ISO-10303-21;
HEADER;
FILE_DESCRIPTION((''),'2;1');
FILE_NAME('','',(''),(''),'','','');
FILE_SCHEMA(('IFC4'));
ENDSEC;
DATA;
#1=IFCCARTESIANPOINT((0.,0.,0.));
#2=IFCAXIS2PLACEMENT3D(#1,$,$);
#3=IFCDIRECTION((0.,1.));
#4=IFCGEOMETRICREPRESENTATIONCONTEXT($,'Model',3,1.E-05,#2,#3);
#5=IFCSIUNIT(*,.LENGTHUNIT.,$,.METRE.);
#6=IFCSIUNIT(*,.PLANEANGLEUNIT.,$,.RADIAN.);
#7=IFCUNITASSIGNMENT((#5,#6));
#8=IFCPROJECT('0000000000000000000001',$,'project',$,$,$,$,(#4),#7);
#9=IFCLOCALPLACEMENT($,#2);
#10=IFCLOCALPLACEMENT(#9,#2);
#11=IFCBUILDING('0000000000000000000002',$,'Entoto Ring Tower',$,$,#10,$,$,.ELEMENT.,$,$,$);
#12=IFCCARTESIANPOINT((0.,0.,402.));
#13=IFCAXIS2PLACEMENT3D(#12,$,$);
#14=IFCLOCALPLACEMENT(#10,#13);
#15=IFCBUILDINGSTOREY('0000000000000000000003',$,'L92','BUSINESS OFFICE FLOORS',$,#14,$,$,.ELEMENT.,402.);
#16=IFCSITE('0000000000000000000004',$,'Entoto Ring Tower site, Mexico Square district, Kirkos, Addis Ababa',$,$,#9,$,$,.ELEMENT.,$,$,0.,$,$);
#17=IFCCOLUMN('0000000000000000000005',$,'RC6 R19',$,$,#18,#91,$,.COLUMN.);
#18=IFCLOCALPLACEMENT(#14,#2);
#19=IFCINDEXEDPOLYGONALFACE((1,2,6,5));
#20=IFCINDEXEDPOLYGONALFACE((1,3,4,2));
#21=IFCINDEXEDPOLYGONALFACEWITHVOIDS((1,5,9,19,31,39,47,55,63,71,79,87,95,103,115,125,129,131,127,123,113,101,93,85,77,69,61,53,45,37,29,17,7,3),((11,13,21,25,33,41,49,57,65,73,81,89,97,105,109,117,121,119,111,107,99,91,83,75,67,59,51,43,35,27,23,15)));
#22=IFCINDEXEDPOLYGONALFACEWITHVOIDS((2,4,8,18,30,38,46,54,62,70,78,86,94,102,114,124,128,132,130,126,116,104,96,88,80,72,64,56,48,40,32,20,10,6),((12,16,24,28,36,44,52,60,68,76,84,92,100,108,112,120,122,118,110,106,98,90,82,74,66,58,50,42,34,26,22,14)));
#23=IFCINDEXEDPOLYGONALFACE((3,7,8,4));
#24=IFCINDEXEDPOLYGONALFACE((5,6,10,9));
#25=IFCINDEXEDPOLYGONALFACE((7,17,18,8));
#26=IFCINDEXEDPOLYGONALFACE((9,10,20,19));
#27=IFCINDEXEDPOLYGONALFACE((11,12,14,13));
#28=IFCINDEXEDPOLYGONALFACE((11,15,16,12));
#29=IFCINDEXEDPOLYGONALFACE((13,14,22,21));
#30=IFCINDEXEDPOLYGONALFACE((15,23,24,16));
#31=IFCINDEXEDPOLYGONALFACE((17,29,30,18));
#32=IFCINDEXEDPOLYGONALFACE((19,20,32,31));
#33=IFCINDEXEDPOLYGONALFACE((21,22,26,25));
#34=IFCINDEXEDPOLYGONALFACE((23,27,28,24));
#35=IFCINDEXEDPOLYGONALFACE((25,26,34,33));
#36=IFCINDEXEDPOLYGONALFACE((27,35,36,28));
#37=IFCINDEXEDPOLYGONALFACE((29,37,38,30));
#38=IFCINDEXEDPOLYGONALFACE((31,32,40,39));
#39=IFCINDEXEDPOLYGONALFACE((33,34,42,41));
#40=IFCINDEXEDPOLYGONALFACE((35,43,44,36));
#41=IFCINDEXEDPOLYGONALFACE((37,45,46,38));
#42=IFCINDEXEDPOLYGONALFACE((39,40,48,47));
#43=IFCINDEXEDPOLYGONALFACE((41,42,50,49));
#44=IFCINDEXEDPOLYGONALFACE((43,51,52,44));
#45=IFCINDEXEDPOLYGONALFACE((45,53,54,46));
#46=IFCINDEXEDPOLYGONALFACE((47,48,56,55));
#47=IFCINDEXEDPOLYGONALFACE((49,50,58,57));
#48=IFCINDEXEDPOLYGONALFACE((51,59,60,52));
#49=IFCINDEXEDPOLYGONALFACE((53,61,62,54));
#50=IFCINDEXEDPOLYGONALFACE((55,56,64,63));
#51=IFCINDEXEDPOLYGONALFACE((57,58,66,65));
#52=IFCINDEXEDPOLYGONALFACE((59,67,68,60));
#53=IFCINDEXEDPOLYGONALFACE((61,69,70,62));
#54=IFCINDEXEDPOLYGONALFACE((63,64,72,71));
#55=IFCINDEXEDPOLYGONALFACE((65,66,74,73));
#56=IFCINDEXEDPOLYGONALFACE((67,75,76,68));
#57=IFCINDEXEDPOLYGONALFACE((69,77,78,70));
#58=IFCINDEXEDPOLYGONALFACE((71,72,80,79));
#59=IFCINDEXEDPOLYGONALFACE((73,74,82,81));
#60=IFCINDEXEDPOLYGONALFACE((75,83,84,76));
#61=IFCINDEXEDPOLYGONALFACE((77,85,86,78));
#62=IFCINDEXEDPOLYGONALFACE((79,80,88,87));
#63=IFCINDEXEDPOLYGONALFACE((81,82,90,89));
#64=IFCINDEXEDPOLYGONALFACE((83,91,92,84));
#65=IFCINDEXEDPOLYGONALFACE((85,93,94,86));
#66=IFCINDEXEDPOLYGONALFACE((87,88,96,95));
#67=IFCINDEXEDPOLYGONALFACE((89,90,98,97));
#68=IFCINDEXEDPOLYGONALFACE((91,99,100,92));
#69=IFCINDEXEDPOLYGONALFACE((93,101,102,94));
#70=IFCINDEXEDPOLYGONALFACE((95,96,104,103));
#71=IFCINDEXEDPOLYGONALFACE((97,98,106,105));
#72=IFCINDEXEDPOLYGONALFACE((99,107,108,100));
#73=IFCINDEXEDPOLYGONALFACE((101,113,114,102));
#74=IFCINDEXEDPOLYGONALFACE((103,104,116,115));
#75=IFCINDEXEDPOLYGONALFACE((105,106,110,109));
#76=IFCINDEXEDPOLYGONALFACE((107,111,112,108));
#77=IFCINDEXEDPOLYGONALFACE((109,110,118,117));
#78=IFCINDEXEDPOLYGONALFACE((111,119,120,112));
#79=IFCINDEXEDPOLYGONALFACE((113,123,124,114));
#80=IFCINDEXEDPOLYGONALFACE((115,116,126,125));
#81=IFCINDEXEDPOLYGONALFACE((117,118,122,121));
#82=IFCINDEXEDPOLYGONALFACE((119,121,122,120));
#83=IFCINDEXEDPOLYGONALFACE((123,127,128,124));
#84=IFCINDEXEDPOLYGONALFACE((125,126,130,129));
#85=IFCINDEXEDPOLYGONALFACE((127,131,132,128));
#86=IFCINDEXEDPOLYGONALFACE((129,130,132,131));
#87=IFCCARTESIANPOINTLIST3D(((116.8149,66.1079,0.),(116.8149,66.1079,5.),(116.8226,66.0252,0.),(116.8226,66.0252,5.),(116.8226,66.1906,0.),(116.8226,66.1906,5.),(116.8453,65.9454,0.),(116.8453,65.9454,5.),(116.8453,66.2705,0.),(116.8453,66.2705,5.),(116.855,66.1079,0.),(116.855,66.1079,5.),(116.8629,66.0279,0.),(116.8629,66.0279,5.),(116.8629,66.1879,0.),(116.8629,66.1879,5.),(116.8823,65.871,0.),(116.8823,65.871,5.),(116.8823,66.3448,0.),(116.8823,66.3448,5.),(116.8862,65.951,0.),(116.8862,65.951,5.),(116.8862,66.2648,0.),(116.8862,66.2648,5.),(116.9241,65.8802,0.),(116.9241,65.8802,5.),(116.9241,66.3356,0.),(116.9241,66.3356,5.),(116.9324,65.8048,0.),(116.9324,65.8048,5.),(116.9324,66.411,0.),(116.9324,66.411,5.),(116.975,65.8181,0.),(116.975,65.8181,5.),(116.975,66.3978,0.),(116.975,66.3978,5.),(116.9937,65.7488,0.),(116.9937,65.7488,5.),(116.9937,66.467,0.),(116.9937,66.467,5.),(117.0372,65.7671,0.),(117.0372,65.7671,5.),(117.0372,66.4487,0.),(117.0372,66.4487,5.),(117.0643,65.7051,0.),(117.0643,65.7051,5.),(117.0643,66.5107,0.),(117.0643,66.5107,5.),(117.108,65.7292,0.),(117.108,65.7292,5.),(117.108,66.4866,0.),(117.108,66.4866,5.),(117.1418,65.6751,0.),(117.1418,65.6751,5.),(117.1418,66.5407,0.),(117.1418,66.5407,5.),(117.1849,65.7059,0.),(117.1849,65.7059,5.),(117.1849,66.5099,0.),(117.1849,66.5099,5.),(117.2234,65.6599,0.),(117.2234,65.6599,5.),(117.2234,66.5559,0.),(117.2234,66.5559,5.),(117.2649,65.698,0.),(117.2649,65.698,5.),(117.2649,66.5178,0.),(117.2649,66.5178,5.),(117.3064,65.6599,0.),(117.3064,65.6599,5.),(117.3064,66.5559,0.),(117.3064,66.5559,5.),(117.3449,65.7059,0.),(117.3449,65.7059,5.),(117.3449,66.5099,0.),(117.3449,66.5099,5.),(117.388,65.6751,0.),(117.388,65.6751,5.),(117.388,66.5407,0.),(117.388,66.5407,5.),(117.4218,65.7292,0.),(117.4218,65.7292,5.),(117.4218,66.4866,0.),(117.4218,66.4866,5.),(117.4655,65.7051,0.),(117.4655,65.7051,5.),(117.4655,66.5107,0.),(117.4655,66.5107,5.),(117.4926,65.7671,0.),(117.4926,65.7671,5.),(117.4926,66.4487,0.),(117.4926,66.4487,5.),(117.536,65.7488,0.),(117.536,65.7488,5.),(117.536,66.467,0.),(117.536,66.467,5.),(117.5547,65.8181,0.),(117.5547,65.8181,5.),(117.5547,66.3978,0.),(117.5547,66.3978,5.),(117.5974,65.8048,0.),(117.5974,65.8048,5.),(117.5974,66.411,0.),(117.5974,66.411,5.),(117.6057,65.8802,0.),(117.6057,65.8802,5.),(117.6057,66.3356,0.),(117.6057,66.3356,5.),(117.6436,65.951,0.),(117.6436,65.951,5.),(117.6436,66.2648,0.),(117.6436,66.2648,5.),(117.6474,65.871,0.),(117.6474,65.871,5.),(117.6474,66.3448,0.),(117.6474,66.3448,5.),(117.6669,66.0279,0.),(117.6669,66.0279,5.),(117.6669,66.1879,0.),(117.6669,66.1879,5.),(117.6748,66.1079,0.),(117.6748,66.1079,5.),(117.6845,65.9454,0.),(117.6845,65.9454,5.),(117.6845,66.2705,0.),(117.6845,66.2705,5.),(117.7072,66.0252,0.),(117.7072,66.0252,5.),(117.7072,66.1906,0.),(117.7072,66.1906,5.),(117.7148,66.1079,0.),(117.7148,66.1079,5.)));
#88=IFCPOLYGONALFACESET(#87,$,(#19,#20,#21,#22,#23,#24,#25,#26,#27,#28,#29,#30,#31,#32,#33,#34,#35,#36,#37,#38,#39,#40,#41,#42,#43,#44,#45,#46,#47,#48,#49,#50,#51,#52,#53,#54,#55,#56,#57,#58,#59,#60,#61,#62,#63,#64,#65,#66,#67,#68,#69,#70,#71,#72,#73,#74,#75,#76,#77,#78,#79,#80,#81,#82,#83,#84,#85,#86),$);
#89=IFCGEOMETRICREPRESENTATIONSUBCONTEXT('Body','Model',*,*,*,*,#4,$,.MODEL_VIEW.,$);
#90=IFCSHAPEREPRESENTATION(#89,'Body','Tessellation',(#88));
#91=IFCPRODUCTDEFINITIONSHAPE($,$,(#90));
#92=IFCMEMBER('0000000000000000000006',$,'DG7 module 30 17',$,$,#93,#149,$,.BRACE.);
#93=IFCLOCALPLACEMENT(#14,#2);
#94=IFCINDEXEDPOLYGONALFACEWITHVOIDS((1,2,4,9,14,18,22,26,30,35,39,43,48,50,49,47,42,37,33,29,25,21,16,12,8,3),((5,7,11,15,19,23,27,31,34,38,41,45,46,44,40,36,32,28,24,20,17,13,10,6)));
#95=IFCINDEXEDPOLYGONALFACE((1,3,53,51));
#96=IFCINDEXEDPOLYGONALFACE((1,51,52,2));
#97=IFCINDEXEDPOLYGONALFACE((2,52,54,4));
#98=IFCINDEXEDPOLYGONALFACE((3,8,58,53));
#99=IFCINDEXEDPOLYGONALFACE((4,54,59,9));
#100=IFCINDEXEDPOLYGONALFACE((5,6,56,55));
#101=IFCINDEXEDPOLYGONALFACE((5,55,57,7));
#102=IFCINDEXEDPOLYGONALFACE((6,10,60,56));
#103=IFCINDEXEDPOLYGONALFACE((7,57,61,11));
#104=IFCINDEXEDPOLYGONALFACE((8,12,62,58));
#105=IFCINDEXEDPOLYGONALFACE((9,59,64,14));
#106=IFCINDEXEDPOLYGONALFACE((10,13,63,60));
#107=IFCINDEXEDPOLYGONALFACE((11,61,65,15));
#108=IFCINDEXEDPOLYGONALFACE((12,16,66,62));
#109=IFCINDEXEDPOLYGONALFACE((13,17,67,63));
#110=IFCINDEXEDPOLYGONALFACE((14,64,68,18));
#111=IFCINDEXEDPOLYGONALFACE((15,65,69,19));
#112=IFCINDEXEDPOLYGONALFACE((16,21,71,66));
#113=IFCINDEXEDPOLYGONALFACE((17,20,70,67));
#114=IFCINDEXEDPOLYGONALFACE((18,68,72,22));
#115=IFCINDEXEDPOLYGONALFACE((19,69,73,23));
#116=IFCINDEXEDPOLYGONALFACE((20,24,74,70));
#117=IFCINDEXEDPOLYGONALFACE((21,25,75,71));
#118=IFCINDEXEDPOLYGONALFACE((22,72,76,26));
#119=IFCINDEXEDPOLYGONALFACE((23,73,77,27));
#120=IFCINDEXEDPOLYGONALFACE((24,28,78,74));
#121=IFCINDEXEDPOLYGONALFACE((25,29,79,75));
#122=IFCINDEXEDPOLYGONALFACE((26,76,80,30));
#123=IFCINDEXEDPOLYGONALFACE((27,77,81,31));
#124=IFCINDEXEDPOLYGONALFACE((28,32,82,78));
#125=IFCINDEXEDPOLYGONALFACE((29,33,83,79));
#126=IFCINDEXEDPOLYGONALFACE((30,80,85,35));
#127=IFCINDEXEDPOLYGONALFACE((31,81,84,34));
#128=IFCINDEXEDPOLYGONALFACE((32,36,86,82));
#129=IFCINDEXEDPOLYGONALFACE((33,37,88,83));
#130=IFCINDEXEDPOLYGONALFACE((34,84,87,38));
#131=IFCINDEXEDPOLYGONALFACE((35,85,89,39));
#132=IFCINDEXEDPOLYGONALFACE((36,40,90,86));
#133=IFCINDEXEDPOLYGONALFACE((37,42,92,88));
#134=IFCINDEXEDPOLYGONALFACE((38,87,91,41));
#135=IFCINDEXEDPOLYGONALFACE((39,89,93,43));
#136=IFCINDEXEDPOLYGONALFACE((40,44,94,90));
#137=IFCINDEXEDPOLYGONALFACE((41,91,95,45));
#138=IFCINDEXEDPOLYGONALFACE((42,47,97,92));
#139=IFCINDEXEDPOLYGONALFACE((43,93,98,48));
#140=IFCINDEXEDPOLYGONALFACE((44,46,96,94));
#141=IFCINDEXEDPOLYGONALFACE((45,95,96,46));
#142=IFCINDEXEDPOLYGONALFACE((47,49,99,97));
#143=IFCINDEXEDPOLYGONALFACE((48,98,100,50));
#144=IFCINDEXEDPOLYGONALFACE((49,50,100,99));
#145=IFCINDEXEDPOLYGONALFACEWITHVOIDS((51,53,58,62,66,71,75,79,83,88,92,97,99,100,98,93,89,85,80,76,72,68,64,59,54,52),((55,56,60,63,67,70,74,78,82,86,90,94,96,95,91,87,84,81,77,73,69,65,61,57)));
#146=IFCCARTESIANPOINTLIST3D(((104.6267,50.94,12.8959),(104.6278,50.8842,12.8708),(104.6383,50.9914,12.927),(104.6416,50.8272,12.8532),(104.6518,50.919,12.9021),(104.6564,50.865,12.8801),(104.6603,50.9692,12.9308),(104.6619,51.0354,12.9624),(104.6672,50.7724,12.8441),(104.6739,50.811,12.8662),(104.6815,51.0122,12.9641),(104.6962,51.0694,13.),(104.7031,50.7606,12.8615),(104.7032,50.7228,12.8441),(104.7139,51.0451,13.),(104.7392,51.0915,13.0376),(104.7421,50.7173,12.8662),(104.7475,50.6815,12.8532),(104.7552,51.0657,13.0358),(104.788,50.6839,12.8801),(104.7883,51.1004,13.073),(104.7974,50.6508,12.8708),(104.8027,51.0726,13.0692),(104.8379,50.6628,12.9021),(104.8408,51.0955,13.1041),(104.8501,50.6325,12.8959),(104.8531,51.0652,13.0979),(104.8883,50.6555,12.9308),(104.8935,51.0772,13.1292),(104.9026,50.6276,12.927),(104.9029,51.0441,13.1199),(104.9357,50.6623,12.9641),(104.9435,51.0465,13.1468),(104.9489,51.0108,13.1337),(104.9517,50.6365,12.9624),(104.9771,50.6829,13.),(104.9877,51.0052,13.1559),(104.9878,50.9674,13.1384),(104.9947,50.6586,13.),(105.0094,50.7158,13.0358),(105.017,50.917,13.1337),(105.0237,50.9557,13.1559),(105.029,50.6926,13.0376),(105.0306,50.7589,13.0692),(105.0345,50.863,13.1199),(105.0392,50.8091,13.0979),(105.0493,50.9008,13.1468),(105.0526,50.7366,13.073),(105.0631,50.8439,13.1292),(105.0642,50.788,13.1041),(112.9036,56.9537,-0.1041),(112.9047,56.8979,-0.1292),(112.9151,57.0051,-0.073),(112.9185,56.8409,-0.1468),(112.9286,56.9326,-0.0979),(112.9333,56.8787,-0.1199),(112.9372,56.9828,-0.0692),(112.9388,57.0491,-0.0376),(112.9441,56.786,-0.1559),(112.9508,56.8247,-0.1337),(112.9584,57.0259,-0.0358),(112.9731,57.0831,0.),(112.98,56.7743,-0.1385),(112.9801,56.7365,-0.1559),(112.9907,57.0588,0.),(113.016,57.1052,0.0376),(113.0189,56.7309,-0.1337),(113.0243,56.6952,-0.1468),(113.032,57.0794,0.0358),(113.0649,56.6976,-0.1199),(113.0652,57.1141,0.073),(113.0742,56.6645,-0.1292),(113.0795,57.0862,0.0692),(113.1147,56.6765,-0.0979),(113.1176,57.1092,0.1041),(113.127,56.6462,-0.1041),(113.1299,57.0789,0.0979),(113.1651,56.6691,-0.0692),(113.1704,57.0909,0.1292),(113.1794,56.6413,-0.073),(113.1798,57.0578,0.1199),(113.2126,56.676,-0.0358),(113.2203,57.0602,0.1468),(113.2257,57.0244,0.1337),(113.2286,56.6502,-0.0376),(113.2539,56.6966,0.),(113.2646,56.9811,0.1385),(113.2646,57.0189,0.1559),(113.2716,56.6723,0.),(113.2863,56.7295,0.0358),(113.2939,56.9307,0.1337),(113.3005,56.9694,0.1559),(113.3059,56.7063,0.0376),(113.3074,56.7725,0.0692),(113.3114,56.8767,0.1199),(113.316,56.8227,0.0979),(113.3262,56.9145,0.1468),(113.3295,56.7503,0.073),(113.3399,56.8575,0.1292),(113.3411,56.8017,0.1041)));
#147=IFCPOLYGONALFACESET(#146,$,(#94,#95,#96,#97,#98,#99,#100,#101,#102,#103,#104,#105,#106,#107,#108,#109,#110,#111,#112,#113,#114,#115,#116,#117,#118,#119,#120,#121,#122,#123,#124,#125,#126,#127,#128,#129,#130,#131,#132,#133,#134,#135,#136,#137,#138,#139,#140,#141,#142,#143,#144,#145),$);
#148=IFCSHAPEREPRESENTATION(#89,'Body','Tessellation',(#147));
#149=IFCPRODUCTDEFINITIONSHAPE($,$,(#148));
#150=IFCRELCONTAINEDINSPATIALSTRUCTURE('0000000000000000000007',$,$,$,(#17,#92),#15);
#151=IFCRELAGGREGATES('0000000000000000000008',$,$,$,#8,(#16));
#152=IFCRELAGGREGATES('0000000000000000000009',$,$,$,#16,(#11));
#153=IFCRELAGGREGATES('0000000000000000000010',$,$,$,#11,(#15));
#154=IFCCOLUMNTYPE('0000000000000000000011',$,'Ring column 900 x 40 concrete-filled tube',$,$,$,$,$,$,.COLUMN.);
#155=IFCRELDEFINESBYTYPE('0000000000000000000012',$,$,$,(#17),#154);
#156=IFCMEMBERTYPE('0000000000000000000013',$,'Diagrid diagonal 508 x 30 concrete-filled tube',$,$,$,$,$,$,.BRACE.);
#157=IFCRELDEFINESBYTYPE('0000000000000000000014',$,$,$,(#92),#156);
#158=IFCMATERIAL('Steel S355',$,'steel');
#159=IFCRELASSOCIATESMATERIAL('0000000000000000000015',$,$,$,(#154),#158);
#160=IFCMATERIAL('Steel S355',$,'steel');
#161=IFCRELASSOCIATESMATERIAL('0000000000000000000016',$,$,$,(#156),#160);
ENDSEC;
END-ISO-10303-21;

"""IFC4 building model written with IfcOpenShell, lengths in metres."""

from ifc_helpers import new_model, si_unit, direction, frame, origin, origin_2d, place, context, subcontext, project, spatial, circle, hollow_circle, extrude, material, material_profile, profile_set, type_object, element, save


model = new_model("IFC4")

# Units and contexts
model_context = context("Model", 3, precision=1e-05, world=origin(), true_north=direction((0.0, 1.0)))
body_context = subcontext(model_context, "Body", "Model", "MODEL_VIEW")
ifc_project = project(units=[si_unit("LENGTHUNIT", "METRE"), si_unit("PLANEANGLEUNIT", "RADIAN")], contexts=[model_context])

# Site, building, storey
site_placement = place(None, origin())
site = spatial("IfcSite", under=ifc_project, at=site_placement, Name="Entoto Ring Tower site, Mexico Square district, Kirkos, Addis Ababa", CompositionType="ELEMENT", RefElevation=0.0)
building_placement = place(site_placement, origin())
building = spatial("IfcBuilding", under=site, at=building_placement, Name="Entoto Ring Tower", CompositionType="ELEMENT")
storey_placement = place(building_placement, frame((0.0, 0.0, 402.0)))
storey = spatial("IfcBuildingStorey", under=building, at=storey_placement, Name="L92", Description="BUSINESS OFFICE FLOORS", CompositionType="ELEMENT", Elevation=402.0)

# Column
ifc_material_1 = material(Name="Steel S355", Category="steel")
ifc_material_profile_1 = material_profile(ifc_material_1, hollow_circle(Radius=0.45, WallThickness=0.04, at=origin_2d()), Name="CHS 900 x 40")
ifc_material_2 = material(Name="Concrete C60/75", Category="concrete")
ifc_material_profile_2 = material_profile(ifc_material_2, circle(Radius=0.4099, at=origin_2d()), Name="Concrete C60/75 infill")
ifc_profile_set_1 = profile_set([ifc_material_profile_1, ifc_material_profile_2], Name="Steel S355")
column_type = type_object("IfcColumnType", Name="Ring column 900 x 40 concrete-filled tube", PredefinedType="COLUMN", material=ifc_profile_set_1)
for number, where, z_axis, x_axis, name in (
    (1, (117.2649, 66.1079, 0.0), (0.0, 0.0, 1.0), (1.0, 0.0, 0.0), "RC6 R19"),
):
    element("IfcColumn", number, at=place(storey_placement, frame(where, z_axis=z_axis, x_axis=x_axis)), inside=storey, type_object=column_type, Name=name, PredefinedType="COLUMN", context=body_context, shape_type="SweptSolid", body=[
        extrude(hollow_circle(Radius=0.45, WallThickness=0.04, at=origin_2d()), origin(), (0.0, 0.0, 1.0), 5.0),
    ])

# Member
ifc_material_3 = material(Name="Steel S355", Category="steel")
ifc_material_profile_3 = material_profile(ifc_material_3, hollow_circle(Radius=0.2539, WallThickness=0.03, at=origin_2d()), Name="CHS 508 x 30")
ifc_material_4 = material(Name="Concrete C60/75", Category="concrete")
ifc_material_profile_4 = material_profile(ifc_material_4, circle(Radius=0.2241, at=origin_2d()), Name="Concrete C60/75 infill")
ifc_profile_set_2 = profile_set([ifc_material_profile_3, ifc_material_profile_4], Name="Steel S355")
member_type_1 = type_object("IfcMemberType", Name="Diagrid diagonal 508 x 30 concrete-filled tube", PredefinedType="BRACE", material=ifc_profile_set_2)
for number, where, z_axis, x_axis, name in (
    (2, (113.1223, 56.8777, 0.0), (-0.500324, -0.363518, 0.785831), (0.587797, -0.809008, 0.0), "DG7 module 30 17"),
):
    element("IfcMember", number, at=place(storey_placement, frame(where, z_axis=z_axis, x_axis=x_axis)), inside=storey, type_object=member_type_1, Name=name, PredefinedType="BRACE", context=body_context, shape_type="SweptSolid", body=[
        extrude(hollow_circle(Radius=0.2539, WallThickness=0.03, at=origin_2d()), origin(), (0.0, 0.0, 1.0), 16.543),
    ])

save(model, "model.ifc")
